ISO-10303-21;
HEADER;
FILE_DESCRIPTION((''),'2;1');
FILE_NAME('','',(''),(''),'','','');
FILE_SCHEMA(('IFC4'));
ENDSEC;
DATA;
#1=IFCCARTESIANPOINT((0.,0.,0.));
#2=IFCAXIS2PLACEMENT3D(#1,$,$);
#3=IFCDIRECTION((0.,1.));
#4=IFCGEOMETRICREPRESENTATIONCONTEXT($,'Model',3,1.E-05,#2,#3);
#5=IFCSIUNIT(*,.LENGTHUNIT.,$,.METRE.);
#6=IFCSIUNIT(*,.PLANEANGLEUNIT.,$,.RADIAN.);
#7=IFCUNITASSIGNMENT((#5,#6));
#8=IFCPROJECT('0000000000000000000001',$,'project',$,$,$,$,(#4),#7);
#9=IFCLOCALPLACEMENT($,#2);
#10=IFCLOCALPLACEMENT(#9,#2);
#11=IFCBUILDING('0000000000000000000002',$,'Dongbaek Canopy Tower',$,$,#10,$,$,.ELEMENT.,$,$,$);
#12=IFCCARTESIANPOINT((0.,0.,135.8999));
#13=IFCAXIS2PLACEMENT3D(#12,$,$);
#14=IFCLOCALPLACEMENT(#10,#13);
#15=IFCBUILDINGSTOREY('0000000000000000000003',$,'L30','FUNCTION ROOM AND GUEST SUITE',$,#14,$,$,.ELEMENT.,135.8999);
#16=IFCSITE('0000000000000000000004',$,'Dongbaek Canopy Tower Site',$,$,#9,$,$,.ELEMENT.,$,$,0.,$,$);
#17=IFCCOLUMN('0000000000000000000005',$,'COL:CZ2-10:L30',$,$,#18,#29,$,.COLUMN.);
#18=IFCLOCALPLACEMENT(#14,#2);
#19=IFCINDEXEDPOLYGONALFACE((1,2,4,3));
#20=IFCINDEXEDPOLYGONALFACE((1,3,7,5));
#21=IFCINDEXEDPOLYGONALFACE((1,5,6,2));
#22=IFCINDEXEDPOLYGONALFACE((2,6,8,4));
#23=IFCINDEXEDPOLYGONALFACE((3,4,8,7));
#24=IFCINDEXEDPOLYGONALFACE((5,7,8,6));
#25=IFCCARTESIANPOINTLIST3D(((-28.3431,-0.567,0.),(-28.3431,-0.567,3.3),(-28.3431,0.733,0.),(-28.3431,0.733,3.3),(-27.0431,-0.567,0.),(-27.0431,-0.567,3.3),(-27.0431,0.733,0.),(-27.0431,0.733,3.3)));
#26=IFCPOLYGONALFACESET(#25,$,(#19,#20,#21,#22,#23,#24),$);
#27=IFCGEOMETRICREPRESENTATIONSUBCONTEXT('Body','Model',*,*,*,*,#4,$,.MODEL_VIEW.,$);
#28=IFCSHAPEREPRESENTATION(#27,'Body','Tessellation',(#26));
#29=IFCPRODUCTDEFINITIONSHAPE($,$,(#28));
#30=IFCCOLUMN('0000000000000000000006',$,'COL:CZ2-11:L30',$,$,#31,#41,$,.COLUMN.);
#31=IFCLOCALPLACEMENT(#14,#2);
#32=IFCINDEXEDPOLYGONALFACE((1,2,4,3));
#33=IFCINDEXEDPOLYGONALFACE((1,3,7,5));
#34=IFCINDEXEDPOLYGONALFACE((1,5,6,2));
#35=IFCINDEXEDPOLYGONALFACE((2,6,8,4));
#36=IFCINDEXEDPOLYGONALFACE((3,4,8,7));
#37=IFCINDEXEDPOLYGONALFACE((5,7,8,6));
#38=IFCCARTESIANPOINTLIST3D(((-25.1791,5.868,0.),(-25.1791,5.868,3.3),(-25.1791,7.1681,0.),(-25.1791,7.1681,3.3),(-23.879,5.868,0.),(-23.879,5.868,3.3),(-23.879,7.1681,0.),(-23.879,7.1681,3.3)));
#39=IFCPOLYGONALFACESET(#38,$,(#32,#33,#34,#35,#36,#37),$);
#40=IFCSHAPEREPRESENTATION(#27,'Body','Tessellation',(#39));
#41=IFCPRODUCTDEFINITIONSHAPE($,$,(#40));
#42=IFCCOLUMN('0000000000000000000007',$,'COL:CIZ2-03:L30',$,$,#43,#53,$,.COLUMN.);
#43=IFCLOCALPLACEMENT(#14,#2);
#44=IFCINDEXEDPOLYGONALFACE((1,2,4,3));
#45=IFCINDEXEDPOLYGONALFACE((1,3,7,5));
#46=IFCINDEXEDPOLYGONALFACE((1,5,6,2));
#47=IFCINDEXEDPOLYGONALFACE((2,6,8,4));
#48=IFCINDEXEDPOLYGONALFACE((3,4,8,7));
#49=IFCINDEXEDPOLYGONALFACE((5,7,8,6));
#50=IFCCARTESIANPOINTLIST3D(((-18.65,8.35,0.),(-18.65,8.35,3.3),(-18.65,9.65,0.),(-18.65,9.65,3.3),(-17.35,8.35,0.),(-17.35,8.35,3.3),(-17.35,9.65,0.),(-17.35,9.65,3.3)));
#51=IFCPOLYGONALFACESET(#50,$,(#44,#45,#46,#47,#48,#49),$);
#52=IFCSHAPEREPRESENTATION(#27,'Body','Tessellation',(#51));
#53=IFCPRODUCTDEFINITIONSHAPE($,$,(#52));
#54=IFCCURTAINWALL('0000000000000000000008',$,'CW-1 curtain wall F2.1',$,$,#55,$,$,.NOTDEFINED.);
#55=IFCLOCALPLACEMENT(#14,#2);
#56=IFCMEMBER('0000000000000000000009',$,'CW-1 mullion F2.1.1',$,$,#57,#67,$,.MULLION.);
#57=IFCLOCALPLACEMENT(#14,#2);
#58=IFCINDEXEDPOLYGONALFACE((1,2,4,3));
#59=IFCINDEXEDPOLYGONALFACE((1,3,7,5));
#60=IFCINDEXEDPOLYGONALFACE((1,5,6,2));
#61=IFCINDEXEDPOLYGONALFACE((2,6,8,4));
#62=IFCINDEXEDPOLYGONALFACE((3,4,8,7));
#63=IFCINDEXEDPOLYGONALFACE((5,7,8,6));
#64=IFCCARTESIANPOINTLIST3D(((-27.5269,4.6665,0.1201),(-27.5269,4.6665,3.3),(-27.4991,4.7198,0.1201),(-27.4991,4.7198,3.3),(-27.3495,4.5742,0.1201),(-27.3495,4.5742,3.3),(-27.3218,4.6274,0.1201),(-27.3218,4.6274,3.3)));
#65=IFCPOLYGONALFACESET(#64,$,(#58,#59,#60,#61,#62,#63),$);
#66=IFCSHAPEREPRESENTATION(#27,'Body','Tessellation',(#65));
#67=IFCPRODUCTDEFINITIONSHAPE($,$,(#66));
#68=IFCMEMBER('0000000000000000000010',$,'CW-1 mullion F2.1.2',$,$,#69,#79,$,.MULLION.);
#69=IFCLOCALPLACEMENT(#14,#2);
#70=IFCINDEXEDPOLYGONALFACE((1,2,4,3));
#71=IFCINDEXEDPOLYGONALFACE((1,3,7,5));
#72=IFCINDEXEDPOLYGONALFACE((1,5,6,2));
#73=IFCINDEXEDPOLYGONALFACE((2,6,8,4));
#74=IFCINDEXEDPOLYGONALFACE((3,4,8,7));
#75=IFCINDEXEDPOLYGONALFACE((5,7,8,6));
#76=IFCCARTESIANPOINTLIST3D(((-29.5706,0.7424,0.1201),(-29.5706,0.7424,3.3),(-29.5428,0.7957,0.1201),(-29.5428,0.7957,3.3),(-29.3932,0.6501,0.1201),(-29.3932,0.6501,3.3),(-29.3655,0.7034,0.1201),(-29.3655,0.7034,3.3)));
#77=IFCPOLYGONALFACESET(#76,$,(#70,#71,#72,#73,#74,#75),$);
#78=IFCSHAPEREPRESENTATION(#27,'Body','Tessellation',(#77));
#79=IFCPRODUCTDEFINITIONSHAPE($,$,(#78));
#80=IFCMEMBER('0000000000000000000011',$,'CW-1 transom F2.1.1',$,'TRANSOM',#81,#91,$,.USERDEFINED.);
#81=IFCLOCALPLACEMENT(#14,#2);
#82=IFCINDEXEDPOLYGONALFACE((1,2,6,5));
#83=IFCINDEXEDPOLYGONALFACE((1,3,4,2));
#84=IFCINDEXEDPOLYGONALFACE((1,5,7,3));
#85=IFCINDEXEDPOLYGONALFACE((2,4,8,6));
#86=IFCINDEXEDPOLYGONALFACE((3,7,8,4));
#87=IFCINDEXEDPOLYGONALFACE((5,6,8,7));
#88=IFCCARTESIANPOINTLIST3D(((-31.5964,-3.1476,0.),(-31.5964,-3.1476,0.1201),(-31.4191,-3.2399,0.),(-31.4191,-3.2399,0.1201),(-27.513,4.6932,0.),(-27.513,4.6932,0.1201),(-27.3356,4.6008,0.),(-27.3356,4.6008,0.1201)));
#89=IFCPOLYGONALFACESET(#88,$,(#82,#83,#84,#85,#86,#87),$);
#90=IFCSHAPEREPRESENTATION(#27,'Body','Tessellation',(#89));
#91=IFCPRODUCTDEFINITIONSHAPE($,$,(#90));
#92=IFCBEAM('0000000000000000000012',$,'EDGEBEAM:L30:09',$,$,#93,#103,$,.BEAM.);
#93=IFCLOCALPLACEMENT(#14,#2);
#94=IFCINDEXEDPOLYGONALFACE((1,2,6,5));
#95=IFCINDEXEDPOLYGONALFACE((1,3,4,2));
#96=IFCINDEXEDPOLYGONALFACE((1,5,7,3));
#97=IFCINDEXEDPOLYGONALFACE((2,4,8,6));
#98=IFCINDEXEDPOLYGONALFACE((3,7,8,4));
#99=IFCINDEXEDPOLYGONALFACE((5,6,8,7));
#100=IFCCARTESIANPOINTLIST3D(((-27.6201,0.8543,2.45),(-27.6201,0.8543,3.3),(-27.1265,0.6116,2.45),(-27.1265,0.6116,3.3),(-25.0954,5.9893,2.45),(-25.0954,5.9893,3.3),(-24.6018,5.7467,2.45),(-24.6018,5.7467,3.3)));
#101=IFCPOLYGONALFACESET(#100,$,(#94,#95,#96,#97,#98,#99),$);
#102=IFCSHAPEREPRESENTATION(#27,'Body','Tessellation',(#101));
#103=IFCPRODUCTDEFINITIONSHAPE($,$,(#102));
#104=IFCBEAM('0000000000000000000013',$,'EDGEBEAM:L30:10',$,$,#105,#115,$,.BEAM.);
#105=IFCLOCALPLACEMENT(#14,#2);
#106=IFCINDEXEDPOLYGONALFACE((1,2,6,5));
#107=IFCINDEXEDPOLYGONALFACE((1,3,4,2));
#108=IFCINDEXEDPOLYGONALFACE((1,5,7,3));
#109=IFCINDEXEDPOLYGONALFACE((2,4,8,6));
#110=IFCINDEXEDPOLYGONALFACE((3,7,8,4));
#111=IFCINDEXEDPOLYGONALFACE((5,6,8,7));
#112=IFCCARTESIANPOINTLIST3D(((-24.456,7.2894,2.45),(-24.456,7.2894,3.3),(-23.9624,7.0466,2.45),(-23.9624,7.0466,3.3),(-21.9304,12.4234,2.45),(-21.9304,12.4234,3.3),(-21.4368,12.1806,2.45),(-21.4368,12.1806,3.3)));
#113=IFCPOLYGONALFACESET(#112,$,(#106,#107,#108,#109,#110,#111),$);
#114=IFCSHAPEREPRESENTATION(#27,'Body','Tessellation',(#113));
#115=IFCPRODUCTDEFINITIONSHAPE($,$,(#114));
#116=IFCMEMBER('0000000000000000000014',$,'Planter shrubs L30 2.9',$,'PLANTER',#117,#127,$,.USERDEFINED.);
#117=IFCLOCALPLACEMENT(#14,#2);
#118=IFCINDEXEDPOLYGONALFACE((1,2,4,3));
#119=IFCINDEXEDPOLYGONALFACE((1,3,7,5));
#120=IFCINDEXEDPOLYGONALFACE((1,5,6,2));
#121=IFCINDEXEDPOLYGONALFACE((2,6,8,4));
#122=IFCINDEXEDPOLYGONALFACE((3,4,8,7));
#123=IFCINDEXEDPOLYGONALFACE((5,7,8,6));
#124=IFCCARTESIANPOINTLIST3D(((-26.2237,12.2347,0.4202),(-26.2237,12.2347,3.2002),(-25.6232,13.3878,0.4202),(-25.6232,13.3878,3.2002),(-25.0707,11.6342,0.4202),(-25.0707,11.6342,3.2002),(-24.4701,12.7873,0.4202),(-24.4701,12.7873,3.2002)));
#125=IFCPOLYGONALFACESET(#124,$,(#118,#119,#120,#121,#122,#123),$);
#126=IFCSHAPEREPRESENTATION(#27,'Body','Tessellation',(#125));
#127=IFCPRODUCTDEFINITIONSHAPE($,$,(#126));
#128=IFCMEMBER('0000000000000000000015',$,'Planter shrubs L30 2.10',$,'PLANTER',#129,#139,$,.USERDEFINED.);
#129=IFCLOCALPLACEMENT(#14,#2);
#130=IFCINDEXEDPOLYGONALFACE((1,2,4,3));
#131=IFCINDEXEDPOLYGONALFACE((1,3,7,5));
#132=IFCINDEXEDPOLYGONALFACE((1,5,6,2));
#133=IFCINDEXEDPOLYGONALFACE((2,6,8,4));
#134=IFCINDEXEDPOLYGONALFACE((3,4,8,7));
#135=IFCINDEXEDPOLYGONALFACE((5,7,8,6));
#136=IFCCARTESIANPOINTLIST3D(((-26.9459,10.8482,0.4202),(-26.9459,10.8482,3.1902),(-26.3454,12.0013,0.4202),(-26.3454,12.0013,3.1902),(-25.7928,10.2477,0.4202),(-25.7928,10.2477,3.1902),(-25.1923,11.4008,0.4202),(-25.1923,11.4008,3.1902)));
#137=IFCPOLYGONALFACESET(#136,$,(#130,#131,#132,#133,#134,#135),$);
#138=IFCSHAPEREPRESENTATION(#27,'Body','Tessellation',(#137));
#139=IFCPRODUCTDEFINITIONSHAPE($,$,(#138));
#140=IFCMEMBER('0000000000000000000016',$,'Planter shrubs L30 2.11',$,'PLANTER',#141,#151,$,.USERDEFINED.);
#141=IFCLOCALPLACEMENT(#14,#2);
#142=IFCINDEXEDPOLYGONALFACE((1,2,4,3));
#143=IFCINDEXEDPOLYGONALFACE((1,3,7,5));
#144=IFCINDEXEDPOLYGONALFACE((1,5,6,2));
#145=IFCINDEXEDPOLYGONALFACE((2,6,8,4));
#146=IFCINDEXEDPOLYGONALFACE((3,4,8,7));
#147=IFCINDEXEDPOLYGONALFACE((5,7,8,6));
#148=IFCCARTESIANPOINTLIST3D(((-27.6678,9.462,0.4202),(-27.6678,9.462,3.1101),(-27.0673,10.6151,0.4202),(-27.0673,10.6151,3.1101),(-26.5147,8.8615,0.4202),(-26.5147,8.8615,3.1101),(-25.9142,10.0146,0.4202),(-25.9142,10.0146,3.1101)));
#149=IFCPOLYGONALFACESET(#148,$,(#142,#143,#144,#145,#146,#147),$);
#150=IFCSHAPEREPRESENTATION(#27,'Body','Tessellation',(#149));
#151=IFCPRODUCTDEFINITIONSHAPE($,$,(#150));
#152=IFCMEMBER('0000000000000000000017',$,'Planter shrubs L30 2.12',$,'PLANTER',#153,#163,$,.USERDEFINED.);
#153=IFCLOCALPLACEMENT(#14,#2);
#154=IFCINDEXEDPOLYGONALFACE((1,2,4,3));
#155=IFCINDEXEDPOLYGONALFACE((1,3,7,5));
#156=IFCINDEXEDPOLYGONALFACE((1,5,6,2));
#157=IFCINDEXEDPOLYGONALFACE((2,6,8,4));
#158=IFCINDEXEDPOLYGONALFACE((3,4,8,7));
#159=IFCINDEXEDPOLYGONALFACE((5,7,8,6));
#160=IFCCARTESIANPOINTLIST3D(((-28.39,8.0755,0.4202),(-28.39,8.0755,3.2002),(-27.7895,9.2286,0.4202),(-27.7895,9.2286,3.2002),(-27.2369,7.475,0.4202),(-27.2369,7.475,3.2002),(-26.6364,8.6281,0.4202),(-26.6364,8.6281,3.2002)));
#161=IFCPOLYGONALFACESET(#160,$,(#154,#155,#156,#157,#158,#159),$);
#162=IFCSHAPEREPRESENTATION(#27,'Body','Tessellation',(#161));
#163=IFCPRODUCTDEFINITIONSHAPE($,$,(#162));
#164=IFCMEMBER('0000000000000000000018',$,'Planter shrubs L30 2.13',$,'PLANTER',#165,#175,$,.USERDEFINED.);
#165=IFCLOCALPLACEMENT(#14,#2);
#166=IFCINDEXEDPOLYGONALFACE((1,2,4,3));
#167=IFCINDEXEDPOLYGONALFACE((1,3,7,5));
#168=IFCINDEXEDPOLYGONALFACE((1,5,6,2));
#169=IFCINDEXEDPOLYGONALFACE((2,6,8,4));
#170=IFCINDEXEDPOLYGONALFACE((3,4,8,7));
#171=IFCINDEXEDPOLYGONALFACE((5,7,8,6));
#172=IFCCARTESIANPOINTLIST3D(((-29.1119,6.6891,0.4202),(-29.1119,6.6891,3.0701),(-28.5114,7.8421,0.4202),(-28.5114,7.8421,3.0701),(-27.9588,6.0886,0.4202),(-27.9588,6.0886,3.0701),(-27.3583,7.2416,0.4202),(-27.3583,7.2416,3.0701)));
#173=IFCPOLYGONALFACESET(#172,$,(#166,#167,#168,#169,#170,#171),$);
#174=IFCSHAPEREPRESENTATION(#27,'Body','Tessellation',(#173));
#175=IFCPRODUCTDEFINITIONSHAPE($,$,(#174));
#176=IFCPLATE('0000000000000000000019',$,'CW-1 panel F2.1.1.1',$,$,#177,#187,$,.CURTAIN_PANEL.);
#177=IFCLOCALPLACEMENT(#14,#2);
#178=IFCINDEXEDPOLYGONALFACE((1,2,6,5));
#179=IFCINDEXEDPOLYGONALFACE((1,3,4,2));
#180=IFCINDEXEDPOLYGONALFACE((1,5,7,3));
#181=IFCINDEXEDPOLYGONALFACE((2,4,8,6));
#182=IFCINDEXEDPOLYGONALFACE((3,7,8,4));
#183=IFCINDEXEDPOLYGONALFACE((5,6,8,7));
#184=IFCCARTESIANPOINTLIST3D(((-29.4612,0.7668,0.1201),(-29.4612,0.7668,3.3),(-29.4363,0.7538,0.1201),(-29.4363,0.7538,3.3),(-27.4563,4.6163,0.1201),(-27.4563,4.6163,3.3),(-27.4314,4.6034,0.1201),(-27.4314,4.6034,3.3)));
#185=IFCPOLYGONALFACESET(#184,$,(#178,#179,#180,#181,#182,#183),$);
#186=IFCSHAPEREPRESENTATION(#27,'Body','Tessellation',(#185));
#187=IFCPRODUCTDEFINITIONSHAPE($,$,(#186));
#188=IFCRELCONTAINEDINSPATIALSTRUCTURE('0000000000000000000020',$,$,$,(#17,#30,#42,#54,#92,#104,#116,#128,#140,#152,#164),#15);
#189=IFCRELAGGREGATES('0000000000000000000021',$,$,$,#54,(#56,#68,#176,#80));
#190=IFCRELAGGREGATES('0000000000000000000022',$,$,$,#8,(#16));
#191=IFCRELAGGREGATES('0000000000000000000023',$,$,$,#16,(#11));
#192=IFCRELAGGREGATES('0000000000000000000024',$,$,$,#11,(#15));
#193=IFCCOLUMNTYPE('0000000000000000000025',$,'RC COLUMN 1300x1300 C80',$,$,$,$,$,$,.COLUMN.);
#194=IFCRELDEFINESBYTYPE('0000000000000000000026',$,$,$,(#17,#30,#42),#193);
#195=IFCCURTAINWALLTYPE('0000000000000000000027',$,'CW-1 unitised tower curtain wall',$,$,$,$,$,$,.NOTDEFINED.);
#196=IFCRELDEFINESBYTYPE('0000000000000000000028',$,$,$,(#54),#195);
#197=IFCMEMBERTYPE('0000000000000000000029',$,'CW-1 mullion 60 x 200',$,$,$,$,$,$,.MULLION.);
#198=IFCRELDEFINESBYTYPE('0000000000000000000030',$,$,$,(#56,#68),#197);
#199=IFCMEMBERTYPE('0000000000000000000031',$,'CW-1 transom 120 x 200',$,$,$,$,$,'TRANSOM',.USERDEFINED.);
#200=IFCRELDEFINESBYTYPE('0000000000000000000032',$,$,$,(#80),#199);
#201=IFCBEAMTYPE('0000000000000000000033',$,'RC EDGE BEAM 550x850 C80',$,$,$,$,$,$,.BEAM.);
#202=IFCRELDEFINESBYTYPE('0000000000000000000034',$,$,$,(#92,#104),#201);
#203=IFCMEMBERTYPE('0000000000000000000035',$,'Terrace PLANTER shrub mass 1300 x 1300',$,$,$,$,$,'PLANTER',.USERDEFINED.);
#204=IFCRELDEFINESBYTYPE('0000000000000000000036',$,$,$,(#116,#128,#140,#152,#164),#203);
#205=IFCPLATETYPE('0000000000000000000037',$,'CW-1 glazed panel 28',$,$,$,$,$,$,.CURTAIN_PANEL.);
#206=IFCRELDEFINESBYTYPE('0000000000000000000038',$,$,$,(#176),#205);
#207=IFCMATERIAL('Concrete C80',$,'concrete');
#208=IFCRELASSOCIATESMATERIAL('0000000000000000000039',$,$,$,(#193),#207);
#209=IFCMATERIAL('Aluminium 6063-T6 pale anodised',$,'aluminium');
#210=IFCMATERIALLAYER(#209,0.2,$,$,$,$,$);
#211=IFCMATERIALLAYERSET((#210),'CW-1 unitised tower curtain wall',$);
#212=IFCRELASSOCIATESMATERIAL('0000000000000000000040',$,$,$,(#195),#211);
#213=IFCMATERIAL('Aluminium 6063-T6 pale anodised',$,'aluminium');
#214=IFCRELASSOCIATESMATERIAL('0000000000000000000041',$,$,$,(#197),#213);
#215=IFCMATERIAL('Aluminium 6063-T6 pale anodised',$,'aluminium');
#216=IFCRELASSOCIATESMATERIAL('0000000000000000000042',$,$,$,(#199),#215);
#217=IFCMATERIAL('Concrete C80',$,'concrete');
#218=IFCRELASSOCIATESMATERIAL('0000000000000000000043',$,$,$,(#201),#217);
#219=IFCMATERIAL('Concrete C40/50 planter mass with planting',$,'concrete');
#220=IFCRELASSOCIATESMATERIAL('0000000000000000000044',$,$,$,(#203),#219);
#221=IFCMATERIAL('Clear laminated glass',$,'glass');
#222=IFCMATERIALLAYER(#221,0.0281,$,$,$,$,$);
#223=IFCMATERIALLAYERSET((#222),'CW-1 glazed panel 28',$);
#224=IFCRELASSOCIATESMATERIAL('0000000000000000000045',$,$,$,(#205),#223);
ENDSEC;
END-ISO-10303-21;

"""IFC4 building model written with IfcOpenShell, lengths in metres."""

from ifc_helpers import new_model, si_unit, direction, frame, origin, origin_2d, place, context, subcontext, project, spatial, rectangle, extrude, material, layer, layer_set, material_profile, profile_set, type_object, element, aggregate, save


model = new_model("IFC4")

# Units and contexts
model_context = context("Model", 3, precision=1e-05, world=origin(), true_north=direction((0.0, 1.0)))
body_context = subcontext(model_context, "Body", "Model", "MODEL_VIEW")
ifc_project = project(units=[si_unit("LENGTHUNIT", "METRE"), si_unit("PLANEANGLEUNIT", "RADIAN")], contexts=[model_context])

# Site, building, storey
site_placement = place(None, origin())
site = spatial("IfcSite", under=ifc_project, at=site_placement, Name="Dongbaek Canopy Tower Site", CompositionType="ELEMENT", RefElevation=0.0)
building_placement = place(site_placement, origin())
building = spatial("IfcBuilding", under=site, at=building_placement, Name="Dongbaek Canopy Tower", CompositionType="ELEMENT")
storey_placement = place(building_placement, frame((0.0, 0.0, 135.8999)))
storey = spatial("IfcBuildingStorey", under=building, at=storey_placement, Name="L30", Description="FUNCTION ROOM AND GUEST SUITE", CompositionType="ELEMENT", Elevation=135.8999)

# Columns
ifc_material_1 = material(Name="Concrete C80", Category="concrete")
ifc_material_profile_1 = material_profile(ifc_material_1, rectangle(XDim=1.3, YDim=1.3, at=origin_2d()), Name="RC COLUMN 1300x1300 C80")
ifc_profile_set_1 = profile_set([ifc_material_profile_1], Name="Concrete C80")
column_type = type_object("IfcColumnType", Name="RC COLUMN 1300x1300 C80", PredefinedType="COLUMN", material=ifc_profile_set_1)
for number, where, z_axis, x_axis, name in (
    (1, (-27.6931, 0.083, 0.0), (0.0, 0.0, 1.0), (1.0, 0.0, 0.0), "COL:CZ2-10:L30"),
    (2, (-24.5291, 6.5181, 0.0), (0.0, 0.0, 1.0), (1.0, 0.0, 0.0), "COL:CZ2-11:L30"),
    (3, (-18.0, 9.0, 0.0), (0.0, 0.0, 1.0), (1.0, 0.0, 0.0), "COL:CIZ2-03:L30"),
):
    element("IfcColumn", number, at=place(storey_placement, frame(where, z_axis=z_axis, x_axis=x_axis)), inside=storey, type_object=column_type, Name=name, PredefinedType="COLUMN", context=body_context, shape_type="SweptSolid", body=[
        extrude(rectangle(XDim=1.3, YDim=1.3, at=origin_2d()), origin(), (0.0, 0.0, 1.0), 3.3),
    ])

# Curtain wall, members
ifc_material_2 = material(Name="Aluminium 6063-T6 pale anodised", Category="aluminium")
ifc_layer_1 = layer(ifc_material_2, 0.2)
ifc_layer_set_1 = layer_set([ifc_layer_1], Name="CW-1 unitised tower curtain wall")
curtain_wall_type = type_object("IfcCurtainWallType", Name="CW-1 unitised tower curtain wall", PredefinedType="NOTDEFINED", material=ifc_layer_set_1)
curtain_wall_placement = place(storey_placement, origin())
curtain_wall = element("IfcCurtainWall", 4, at=curtain_wall_placement, inside=storey, type_object=curtain_wall_type, Name="CW-1 curtain wall F2.1", PredefinedType="NOTDEFINED")
ifc_material_3 = material(Name="Aluminium 6063-T6 pale anodised", Category="aluminium")
ifc_material_profile_2 = material_profile(ifc_material_3, rectangle(XDim=0.2, YDim=0.0601, at=origin_2d()), Name="CW-1 mullion 60 x 200")
ifc_profile_set_2 = profile_set([ifc_material_profile_2], Name="Aluminium 6063-T6 pale anodised")
member_type_1 = type_object("IfcMemberType", Name="CW-1 mullion 60 x 200", PredefinedType="MULLION", material=ifc_profile_set_2)
member_1_placement = place(storey_placement, frame((-27.4243, 4.647, 0.1201), z_axis=(0.0, 0.0, 1.0), x_axis=(-0.886927, 0.46191, 0.0)))
member_1 = element("IfcMember", 5, at=member_1_placement, type_object=member_type_1, Name="CW-1 mullion F2.1.1", PredefinedType="MULLION", context=body_context, shape_type="SweptSolid", body=[
    extrude(rectangle(XDim=0.2, YDim=0.0601, at=origin_2d()), origin(), (0.0, 0.0, 1.0), 3.1799),
])
member_2_placement = place(storey_placement, frame((-29.468, 0.7229, 0.1201), z_axis=(0.0, 0.0, 1.0), x_axis=(-0.886927, 0.46191, 0.0)))
member_2 = element("IfcMember", 6, at=member_2_placement, type_object=member_type_1, Name="CW-1 mullion F2.1.2", PredefinedType="MULLION", context=body_context, shape_type="SweptSolid", body=[
    extrude(rectangle(XDim=0.2, YDim=0.0601, at=origin_2d()), origin(), (0.0, 0.0, 1.0), 3.1799),
])
ifc_material_4 = material(Name="Aluminium 6063-T6 pale anodised", Category="aluminium")
ifc_material_profile_3 = material_profile(ifc_material_4, rectangle(XDim=0.2, YDim=0.1201, at=origin_2d()), Name="CW-1 transom 120 x 200")
ifc_profile_set_3 = profile_set([ifc_material_profile_3], Name="Aluminium 6063-T6 pale anodised")
member_type_2 = type_object("IfcMemberType", Name="CW-1 transom 120 x 200", ElementType="TRANSOM", PredefinedType="USERDEFINED", material=ifc_profile_set_3)
member_3_placement = place(storey_placement, frame((-27.4243, 4.647, 0.0601), z_axis=(-0.461911, -0.886926, 0.0), x_axis=(0.886926, -0.461911, 0.0)))
member_3 = element("IfcMember", 7, at=member_3_placement, type_object=member_type_2, Name="CW-1 transom F2.1.1", ObjectType="TRANSOM", PredefinedType="USERDEFINED", context=body_context, shape_type="SweptSolid", body=[
    extrude(rectangle(XDim=0.2, YDim=0.1201, at=origin_2d()), origin(), (0.0, 0.0, 1.0), 8.8403),
])

# Beams
ifc_material_5 = material(Name="Concrete C80", Category="concrete")
ifc_material_profile_4 = material_profile(ifc_material_5, rectangle(XDim=0.55, YDim=0.8501, at=origin_2d()), Name="RC EDGE BEAM 550x850 C80")
ifc_profile_set_4 = profile_set([ifc_material_profile_4], Name="Concrete C80")
beam_type = type_object("IfcBeamType", Name="RC EDGE BEAM 550x850 C80", PredefinedType="BEAM", material=ifc_profile_set_4)
beam_1_placement = place(storey_placement, frame((-27.3733, 0.7329, 2.875), z_axis=(0.441213, 0.897402, 0.0), x_axis=(-0.897402, 0.441213, 0.0)))
element("IfcBeam", 8, at=beam_1_placement, inside=storey, type_object=beam_type, Name="EDGEBEAM:L30:09", PredefinedType="BEAM", context=body_context, shape_type="SweptSolid", body=[
    extrude(rectangle(XDim=0.55, YDim=0.8501, at=origin_2d()), origin(), (0.0, 0.0, 1.0), 5.7222),
])
beam_2_placement = place(storey_placement, frame((-24.2092, 7.168, 2.875), z_axis=(0.441418, 0.897301, 0.0), x_axis=(-0.897301, 0.441418, 0.0)))
element("IfcBeam", 9, at=beam_2_placement, inside=storey, type_object=beam_type, Name="EDGEBEAM:L30:10", PredefinedType="BEAM", context=body_context, shape_type="SweptSolid", body=[
    extrude(rectangle(XDim=0.55, YDim=0.8501, at=origin_2d()), origin(), (0.0, 0.0, 1.0), 5.7217),
])

# Members
ifc_material_6 = material(Name="Concrete C40/50 planter mass with planting", Category="concrete")
ifc_material_profile_5 = material_profile(ifc_material_6, rectangle(XDim=1.3, YDim=1.3, at=origin_2d()), Name="Terrace PLANTER shrub mass 1300 x 1300")
ifc_profile_set_5 = profile_set([ifc_material_profile_5], Name="Concrete C40/50 planter mass with planting")
member_type_3 = type_object("IfcMemberType", Name="Terrace PLANTER shrub mass 1300 x 1300", ElementType="PLANTER", PredefinedType="USERDEFINED", material=ifc_profile_set_5)
member_4_placement = place(storey_placement, frame((-25.3469, 12.511, 0.4202), z_axis=(0.0, 0.0, 1.0), x_axis=(-0.886927, 0.46191, 0.0)))
element("IfcMember", 10, at=member_4_placement, inside=storey, type_object=member_type_3, Name="Planter shrubs L30 2.9", ObjectType="PLANTER", PredefinedType="USERDEFINED", context=body_context, shape_type="SweptSolid", body=[
    extrude(rectangle(XDim=1.3, YDim=1.3, at=origin_2d()), origin(), (0.0, 0.0, 1.0), 2.78),
])
member_5_placement = place(storey_placement, frame((-26.0691, 11.1245, 0.4202), z_axis=(0.0, 0.0, 1.0), x_axis=(-0.886927, 0.46191, 0.0)))
element("IfcMember", 11, at=member_5_placement, inside=storey, type_object=member_type_3, Name="Planter shrubs L30 2.10", ObjectType="PLANTER", PredefinedType="USERDEFINED", context=body_context, shape_type="SweptSolid", body=[
    extrude(rectangle(XDim=1.3, YDim=1.3, at=origin_2d()), origin(), (0.0, 0.0, 1.0), 2.77),
])
member_6_placement = place(storey_placement, frame((-26.791, 9.7383, 0.4202), z_axis=(0.0, 0.0, 1.0), x_axis=(-0.886927, 0.46191, 0.0)))
element("IfcMember", 12, at=member_6_placement, inside=storey, type_object=member_type_3, Name="Planter shrubs L30 2.11", ObjectType="PLANTER", PredefinedType="USERDEFINED", context=body_context, shape_type="SweptSolid", body=[
    extrude(rectangle(XDim=1.3, YDim=1.3, at=origin_2d()), origin(), (0.0, 0.0, 1.0), 2.6899),
])
member_7_placement = place(storey_placement, frame((-27.5132, 8.3518, 0.4202), z_axis=(0.0, 0.0, 1.0), x_axis=(-0.886927, 0.46191, 0.0)))
element("IfcMember", 13, at=member_7_placement, inside=storey, type_object=member_type_3, Name="Planter shrubs L30 2.12", ObjectType="PLANTER", PredefinedType="USERDEFINED", context=body_context, shape_type="SweptSolid", body=[
    extrude(rectangle(XDim=1.3, YDim=1.3, at=origin_2d()), origin(), (0.0, 0.0, 1.0), 2.78),
])
member_8_placement = place(storey_placement, frame((-28.2351, 6.9653, 0.4202), z_axis=(0.0, 0.0, 1.0), x_axis=(-0.886927, 0.46191, 0.0)))
element("IfcMember", 14, at=member_8_placement, inside=storey, type_object=member_type_3, Name="Planter shrubs L30 2.13", ObjectType="PLANTER", PredefinedType="USERDEFINED", context=body_context, shape_type="SweptSolid", body=[
    extrude(rectangle(XDim=1.3, YDim=1.3, at=origin_2d()), origin(), (0.0, 0.0, 1.0), 2.6499),
])

# Plate
ifc_material_7 = material(Name="Clear laminated glass", Category="glass")
ifc_layer_2 = layer(ifc_material_7, 0.0281)
ifc_layer_set_2 = layer_set([ifc_layer_2], Name="CW-1 glazed panel 28")
plate_type = type_object("IfcPlateType", Name="CW-1 glazed panel 28", PredefinedType="CURTAIN_PANEL", material=ifc_layer_set_2)
plate_placement = place(storey_placement, frame((-28.4463, 2.6851, 0.1201), z_axis=(0.0, 0.0, 1.0), x_axis=(-0.46191, -0.886927, 0.0)))
plate = element("IfcPlate", 15, at=plate_placement, type_object=plate_type, Name="CW-1 panel F2.1.1.1", PredefinedType="CURTAIN_PANEL", context=body_context, shape_type="SweptSolid", body=[
    extrude(rectangle(XDim=4.3403, YDim=0.0281, at=origin_2d()), origin(), (0.0, 0.0, 1.0), 3.1799),
])

aggregate(curtain_wall, [member_1, member_2, plate, member_3])

save(model, "model.ifc")
